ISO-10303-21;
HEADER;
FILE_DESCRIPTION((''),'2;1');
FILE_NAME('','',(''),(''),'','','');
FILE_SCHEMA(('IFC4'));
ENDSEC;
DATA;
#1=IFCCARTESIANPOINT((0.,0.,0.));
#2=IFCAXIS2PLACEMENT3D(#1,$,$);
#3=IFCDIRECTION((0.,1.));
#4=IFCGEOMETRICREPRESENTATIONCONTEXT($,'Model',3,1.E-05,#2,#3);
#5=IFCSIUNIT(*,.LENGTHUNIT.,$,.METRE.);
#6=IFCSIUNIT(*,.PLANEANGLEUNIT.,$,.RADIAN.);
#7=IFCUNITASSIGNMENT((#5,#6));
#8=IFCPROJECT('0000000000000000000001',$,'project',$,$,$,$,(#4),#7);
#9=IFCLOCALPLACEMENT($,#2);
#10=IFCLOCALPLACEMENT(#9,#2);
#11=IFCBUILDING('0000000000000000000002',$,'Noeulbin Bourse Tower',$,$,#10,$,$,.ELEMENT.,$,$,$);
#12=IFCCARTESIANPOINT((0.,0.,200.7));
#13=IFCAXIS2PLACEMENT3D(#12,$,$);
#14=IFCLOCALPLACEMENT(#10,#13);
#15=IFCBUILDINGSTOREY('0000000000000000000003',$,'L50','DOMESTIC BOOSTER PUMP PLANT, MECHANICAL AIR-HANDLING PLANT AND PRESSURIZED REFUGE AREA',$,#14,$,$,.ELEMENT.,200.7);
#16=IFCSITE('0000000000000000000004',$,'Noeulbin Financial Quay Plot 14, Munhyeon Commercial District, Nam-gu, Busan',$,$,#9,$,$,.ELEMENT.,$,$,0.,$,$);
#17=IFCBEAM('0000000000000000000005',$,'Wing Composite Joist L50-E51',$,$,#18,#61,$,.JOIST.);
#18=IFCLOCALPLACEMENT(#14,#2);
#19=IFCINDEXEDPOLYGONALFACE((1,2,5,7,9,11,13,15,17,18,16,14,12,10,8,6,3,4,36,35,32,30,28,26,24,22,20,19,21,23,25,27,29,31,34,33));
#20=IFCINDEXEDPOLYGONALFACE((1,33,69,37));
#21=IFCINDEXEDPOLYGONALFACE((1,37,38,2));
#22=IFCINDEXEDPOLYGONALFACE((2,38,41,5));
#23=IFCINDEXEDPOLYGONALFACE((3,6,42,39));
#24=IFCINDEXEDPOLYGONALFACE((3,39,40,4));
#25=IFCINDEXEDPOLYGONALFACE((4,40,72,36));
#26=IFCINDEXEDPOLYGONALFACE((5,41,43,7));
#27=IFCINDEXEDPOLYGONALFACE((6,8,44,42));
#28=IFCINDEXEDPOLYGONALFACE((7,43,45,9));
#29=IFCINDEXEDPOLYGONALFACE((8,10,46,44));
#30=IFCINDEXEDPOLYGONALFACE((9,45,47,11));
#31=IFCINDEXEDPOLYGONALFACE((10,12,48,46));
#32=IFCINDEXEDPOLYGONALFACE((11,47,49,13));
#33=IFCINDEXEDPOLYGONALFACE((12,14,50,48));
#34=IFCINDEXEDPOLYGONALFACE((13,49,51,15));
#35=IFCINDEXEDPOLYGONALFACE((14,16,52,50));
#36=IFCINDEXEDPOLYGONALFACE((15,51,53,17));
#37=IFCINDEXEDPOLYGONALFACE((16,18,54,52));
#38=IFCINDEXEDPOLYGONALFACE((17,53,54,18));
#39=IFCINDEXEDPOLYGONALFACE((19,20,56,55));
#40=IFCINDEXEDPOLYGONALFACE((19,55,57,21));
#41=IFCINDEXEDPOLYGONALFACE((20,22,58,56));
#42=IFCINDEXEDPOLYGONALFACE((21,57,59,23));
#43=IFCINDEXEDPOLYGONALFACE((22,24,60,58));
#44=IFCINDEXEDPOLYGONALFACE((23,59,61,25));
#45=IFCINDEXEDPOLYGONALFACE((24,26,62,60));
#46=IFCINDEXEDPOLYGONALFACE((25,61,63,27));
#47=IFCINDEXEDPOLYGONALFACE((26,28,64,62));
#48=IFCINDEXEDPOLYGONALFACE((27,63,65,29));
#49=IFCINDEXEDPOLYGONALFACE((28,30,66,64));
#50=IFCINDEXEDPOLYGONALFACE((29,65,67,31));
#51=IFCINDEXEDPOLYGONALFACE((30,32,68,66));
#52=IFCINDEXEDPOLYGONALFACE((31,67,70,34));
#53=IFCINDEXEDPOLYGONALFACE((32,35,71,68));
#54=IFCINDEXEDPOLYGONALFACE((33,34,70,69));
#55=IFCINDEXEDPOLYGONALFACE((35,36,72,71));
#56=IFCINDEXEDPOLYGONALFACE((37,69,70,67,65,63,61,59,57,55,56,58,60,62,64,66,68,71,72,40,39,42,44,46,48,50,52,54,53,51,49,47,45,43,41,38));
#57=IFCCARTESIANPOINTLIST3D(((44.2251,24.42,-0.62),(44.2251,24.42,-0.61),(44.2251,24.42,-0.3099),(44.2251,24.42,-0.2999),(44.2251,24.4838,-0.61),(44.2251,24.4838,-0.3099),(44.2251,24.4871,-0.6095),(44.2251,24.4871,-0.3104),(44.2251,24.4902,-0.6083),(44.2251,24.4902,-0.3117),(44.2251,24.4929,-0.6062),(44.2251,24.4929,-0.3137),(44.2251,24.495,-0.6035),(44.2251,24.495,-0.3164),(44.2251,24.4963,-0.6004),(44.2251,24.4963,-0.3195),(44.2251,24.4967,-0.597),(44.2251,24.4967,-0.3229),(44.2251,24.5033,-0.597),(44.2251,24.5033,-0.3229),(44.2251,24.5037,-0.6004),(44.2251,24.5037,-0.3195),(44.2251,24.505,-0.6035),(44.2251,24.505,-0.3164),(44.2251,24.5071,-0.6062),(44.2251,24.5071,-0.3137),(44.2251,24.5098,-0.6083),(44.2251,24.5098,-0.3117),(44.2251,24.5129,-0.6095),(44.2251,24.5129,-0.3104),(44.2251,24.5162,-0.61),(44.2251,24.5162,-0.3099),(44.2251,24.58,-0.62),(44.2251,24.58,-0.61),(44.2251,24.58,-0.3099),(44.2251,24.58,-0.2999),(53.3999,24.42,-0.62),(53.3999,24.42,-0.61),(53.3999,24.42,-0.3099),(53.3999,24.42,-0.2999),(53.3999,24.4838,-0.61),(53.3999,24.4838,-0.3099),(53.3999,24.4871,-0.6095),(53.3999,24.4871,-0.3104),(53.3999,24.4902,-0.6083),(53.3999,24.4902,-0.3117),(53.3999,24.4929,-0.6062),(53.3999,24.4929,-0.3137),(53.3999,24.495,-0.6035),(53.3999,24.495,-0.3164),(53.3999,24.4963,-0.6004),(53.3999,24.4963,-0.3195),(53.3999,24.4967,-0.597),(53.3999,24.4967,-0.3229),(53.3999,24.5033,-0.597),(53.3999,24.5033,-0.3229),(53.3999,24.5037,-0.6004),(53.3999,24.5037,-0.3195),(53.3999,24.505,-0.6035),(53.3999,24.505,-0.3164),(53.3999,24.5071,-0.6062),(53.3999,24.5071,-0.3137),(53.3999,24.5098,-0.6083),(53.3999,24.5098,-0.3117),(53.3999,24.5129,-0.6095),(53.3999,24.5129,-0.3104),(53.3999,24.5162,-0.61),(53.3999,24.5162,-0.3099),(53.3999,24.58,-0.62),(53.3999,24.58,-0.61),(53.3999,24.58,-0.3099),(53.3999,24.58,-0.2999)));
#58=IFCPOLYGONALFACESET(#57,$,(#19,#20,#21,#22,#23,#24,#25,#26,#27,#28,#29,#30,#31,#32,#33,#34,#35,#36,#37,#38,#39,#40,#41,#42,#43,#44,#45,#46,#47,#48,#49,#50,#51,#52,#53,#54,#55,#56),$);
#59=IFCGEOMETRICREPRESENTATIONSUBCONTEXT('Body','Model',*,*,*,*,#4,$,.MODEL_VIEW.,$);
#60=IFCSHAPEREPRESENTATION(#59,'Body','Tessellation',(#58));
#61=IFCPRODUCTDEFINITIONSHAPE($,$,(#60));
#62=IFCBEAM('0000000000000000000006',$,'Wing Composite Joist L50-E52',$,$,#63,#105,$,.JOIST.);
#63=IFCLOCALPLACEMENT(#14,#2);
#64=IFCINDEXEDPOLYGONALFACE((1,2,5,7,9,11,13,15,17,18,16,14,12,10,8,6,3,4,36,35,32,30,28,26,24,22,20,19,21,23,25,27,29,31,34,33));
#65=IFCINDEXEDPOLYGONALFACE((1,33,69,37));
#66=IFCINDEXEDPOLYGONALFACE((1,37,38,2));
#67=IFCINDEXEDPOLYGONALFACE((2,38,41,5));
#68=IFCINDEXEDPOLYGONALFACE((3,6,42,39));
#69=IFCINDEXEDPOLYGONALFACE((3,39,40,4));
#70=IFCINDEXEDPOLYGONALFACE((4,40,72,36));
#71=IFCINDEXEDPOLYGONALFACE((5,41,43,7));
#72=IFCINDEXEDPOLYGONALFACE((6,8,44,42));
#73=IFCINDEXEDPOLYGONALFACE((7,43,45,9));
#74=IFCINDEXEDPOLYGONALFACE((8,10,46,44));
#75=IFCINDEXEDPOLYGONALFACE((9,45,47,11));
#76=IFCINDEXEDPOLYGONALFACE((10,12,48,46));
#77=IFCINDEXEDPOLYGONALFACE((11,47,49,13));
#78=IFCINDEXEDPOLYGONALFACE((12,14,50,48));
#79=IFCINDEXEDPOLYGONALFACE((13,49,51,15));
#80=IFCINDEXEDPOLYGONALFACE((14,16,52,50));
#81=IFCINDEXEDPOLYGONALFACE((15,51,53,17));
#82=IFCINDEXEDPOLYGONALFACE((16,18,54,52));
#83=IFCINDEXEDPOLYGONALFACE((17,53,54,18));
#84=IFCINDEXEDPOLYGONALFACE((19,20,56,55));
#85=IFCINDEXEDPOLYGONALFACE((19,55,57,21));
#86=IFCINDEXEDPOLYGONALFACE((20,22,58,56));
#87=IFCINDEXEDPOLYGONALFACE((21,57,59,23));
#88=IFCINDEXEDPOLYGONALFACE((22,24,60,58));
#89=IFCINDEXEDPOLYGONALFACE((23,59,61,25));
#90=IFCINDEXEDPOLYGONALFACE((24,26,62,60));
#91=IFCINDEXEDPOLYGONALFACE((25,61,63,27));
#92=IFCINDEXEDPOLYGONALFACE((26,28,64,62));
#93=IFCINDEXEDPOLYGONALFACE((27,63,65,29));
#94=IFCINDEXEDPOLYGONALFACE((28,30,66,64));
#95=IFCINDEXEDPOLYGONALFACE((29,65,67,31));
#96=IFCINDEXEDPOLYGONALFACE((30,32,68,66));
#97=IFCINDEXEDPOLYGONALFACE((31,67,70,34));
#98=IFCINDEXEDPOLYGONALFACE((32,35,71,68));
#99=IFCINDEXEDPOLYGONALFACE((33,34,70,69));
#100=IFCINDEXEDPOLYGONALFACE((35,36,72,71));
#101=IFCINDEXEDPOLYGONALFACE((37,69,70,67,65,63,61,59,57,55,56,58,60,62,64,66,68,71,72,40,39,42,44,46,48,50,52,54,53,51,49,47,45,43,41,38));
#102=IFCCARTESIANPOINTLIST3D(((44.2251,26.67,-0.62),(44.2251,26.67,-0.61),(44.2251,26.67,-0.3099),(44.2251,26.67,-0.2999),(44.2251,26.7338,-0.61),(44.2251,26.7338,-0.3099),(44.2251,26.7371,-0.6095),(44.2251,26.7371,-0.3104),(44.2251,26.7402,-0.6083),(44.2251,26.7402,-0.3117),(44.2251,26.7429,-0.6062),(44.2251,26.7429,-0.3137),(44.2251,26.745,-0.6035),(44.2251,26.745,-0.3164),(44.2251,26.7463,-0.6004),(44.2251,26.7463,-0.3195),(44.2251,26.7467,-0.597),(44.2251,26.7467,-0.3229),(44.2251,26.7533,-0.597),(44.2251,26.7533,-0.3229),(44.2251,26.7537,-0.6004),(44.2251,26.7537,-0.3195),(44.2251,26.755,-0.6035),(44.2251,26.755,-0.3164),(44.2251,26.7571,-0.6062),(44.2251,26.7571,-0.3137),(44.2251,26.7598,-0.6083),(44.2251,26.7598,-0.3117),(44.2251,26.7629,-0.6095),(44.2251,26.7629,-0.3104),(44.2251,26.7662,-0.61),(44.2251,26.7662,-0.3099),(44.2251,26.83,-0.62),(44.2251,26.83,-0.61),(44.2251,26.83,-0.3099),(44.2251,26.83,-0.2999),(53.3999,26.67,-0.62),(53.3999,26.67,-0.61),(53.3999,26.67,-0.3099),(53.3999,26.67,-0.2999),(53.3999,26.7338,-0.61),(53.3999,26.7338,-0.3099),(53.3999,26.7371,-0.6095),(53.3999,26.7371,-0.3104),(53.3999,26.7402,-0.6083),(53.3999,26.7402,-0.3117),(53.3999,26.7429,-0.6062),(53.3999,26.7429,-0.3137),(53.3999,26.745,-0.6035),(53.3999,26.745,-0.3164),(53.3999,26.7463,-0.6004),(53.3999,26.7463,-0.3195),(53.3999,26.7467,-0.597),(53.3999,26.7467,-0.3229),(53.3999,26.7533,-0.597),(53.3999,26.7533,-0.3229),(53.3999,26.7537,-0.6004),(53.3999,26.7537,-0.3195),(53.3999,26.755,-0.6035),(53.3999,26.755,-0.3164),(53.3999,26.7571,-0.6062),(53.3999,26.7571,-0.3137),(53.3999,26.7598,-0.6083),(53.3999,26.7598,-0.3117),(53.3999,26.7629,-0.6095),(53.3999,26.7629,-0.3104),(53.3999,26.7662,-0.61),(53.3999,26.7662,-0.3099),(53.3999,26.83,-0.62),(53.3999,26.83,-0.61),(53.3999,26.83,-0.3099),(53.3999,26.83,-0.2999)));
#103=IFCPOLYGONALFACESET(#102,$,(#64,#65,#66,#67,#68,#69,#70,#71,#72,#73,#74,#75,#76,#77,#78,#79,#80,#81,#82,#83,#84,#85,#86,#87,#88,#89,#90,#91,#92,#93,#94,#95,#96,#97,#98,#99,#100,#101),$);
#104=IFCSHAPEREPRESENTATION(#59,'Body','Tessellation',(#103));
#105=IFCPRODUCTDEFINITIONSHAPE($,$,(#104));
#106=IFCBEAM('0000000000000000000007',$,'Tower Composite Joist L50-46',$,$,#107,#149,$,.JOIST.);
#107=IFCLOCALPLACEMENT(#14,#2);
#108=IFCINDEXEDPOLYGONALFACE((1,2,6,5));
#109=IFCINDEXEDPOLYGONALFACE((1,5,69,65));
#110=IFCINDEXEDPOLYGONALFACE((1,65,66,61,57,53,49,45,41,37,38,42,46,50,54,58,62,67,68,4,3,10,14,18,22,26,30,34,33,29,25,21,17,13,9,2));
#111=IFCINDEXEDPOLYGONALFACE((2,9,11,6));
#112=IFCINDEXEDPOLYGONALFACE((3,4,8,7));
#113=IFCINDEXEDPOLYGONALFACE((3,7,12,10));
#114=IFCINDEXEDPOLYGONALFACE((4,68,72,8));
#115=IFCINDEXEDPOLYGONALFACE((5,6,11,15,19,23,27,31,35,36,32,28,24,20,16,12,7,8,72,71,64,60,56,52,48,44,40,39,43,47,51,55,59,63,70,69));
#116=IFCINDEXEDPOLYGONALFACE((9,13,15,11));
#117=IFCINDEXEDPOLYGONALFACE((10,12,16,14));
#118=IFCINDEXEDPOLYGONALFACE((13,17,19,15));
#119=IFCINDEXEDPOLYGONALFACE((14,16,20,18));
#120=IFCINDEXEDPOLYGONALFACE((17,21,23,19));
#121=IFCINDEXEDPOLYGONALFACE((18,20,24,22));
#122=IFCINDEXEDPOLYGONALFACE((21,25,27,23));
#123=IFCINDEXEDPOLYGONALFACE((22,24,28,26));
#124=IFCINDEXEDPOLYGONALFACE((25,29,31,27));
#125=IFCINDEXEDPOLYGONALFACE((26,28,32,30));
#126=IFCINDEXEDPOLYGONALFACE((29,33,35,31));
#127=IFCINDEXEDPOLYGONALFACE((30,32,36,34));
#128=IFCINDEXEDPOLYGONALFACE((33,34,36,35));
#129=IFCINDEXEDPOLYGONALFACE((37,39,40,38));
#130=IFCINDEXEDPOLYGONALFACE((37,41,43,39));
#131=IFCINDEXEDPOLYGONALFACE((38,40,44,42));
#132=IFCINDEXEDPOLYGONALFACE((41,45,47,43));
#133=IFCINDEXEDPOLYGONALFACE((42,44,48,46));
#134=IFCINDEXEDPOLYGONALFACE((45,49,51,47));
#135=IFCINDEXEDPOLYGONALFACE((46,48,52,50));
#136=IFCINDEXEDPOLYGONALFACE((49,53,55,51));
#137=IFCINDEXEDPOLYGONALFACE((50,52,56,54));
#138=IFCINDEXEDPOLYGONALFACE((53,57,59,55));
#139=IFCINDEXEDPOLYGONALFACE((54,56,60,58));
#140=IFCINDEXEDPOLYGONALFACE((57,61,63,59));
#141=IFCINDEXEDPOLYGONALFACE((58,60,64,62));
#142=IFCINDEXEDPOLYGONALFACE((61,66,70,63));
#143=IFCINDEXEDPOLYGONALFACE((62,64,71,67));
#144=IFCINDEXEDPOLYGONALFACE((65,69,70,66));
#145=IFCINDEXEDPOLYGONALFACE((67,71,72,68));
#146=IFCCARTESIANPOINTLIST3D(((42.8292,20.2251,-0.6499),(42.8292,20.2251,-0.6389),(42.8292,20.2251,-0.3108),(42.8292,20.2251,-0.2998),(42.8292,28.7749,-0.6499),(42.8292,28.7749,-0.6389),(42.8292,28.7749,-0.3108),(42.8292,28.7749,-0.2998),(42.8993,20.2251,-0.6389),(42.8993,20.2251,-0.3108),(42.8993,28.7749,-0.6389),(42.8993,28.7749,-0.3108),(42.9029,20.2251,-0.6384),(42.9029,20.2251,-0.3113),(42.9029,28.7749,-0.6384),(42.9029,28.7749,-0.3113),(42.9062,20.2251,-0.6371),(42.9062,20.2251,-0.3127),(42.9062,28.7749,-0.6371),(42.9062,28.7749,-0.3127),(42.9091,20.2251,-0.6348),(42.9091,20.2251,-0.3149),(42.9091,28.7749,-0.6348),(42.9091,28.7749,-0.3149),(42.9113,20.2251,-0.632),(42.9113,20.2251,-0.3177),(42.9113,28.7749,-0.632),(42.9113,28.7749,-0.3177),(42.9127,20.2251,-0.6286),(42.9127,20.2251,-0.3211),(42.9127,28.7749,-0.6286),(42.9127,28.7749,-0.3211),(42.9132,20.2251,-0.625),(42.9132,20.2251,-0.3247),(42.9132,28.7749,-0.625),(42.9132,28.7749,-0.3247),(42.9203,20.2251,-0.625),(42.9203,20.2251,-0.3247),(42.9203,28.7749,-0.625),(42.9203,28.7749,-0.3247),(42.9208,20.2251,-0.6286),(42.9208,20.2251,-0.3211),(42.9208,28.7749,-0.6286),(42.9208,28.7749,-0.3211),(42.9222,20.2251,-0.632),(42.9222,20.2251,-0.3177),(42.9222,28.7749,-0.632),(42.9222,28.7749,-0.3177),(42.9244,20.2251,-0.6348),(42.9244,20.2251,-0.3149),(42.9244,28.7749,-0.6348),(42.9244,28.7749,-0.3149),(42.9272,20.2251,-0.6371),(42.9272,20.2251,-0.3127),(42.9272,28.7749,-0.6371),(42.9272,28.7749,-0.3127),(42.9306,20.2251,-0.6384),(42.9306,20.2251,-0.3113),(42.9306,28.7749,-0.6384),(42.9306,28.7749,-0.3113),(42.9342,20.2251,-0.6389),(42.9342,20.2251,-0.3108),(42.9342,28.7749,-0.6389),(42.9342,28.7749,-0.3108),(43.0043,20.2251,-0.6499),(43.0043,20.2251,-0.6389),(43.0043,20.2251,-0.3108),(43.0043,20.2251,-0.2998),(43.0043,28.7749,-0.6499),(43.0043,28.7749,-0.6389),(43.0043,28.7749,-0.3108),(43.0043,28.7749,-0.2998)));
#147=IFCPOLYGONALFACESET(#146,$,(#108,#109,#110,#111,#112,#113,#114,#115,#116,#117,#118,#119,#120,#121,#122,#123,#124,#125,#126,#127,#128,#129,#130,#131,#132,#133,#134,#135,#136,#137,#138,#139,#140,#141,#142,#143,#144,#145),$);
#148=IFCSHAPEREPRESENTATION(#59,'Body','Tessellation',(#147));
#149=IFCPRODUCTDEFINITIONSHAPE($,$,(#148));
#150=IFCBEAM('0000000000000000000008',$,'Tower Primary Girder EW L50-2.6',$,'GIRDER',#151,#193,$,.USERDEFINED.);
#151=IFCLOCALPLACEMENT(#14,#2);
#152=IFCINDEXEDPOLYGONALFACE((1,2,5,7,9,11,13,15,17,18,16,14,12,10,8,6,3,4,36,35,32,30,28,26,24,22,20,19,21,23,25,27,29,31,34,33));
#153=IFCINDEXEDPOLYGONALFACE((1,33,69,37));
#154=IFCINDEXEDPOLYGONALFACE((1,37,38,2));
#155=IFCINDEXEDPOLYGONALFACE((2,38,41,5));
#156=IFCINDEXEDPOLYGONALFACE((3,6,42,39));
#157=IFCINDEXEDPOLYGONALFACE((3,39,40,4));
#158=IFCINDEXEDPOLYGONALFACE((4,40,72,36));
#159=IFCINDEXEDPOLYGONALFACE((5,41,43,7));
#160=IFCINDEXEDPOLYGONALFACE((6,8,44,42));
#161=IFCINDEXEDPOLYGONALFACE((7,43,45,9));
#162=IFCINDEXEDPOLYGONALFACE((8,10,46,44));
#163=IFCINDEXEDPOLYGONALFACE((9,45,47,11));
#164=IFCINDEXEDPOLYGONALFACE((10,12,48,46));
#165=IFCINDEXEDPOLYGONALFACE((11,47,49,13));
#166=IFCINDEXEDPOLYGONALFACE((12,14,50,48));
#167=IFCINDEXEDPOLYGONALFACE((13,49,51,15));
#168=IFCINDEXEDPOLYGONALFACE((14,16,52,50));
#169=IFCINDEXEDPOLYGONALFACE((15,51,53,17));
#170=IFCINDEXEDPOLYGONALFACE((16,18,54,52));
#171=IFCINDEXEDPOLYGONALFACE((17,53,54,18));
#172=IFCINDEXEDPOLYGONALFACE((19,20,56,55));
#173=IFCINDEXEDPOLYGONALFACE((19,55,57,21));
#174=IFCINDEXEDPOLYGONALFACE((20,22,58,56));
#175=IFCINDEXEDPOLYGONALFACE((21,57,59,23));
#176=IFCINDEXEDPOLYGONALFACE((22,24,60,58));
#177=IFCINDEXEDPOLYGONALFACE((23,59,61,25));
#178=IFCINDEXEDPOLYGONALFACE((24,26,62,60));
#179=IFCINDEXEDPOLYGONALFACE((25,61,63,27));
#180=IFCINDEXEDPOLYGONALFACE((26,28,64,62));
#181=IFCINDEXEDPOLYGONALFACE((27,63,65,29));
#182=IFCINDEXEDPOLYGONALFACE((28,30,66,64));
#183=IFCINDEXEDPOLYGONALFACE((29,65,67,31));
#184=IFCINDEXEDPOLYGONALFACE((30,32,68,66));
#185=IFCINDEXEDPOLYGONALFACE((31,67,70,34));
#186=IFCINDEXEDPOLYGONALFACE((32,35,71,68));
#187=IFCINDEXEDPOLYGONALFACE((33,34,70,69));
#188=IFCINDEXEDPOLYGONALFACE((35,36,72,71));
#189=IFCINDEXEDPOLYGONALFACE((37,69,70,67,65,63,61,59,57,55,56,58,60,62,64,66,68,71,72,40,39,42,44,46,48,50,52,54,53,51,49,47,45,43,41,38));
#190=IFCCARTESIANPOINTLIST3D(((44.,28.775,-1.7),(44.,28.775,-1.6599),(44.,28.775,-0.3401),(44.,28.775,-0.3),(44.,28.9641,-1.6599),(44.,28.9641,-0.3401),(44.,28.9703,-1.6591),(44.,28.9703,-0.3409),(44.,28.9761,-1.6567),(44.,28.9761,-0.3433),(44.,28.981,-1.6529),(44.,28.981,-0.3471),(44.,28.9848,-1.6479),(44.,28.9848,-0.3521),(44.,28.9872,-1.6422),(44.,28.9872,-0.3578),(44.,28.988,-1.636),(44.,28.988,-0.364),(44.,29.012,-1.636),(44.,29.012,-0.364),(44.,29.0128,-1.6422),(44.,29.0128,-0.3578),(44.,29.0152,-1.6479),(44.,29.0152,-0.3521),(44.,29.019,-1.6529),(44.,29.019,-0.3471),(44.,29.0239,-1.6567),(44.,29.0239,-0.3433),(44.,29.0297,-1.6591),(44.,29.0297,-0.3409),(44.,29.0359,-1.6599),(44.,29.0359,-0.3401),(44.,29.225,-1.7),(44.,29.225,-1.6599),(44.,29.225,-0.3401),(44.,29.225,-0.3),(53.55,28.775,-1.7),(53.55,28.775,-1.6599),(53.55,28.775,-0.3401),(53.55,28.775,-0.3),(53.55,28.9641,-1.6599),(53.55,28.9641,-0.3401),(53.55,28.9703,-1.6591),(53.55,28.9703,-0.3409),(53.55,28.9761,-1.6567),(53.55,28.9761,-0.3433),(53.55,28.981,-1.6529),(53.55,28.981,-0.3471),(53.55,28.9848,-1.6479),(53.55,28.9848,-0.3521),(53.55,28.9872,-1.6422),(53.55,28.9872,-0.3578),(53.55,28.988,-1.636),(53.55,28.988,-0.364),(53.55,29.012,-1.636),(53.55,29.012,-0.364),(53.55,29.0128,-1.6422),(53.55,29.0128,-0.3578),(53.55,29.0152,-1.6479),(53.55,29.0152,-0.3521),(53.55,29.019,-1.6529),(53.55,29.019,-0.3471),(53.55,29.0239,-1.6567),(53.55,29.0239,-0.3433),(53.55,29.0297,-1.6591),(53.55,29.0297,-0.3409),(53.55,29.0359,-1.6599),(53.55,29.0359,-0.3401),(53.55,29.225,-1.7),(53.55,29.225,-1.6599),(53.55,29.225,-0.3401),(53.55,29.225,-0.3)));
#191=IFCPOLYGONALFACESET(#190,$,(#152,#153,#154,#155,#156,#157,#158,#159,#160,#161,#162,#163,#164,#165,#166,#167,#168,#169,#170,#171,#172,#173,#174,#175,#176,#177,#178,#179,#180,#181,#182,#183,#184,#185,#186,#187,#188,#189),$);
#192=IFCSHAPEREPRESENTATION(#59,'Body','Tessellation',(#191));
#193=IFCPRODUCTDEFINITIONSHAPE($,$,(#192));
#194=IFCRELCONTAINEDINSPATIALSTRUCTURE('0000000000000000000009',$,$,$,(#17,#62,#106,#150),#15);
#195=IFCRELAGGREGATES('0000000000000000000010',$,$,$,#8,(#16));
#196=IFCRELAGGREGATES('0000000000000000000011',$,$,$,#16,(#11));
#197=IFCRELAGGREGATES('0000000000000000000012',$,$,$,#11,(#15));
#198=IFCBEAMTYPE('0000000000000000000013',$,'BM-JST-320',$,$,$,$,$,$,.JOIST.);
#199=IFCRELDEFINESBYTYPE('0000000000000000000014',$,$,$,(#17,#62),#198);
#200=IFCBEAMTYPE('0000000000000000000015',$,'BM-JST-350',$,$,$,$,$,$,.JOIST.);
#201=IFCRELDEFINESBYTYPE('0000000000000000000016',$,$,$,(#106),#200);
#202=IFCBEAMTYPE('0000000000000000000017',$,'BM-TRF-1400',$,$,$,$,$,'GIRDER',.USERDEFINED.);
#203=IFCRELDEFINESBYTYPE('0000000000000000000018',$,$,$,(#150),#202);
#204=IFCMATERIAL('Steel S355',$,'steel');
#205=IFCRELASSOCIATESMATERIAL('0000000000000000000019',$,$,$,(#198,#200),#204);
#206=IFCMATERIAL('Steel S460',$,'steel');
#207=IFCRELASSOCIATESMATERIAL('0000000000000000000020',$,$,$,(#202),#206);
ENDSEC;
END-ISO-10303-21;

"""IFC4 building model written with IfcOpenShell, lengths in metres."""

from ifc_helpers import new_model, si_unit, direction, frame, origin, origin_2d, place, context, subcontext, project, spatial, i_section, extrude, material, material_profile, profile_set, type_object, element, save


model = new_model("IFC4")

# Units and contexts
model_context = context("Model", 3, precision=1e-05, world=origin(), true_north=direction((0.0, 1.0)))
body_context = subcontext(model_context, "Body", "Model", "MODEL_VIEW")
ifc_project = project(units=[si_unit("LENGTHUNIT", "METRE"), si_unit("PLANEANGLEUNIT", "RADIAN")], contexts=[model_context])

# Site, building, storey
site_placement = place(None, origin())
site = spatial("IfcSite", under=ifc_project, at=site_placement, Name="Noeulbin Financial Quay Plot 14, Munhyeon Commercial District, Nam-gu, Busan", CompositionType="ELEMENT", RefElevation=0.0)
building_placement = place(site_placement, origin())
building = spatial("IfcBuilding", under=site, at=building_placement, Name="Noeulbin Bourse Tower", CompositionType="ELEMENT")
storey_placement = place(building_placement, frame((0.0, 0.0, 200.7)))
storey = spatial("IfcBuildingStorey", under=building, at=storey_placement, Name="L50", Description="DOMESTIC BOOSTER PUMP PLANT, MECHANICAL AIR-HANDLING PLANT AND PRESSURIZED REFUGE AREA", CompositionType="ELEMENT", Elevation=200.7)

# Shared definitions
ifc_material_1 = material(Name="Steel S355", Category="steel")
ifc_material_2 = material(Name="Steel S460", Category="steel")

# Beams
ifc_material_profile_1 = material_profile(ifc_material_1, i_section(OverallWidth=0.1599, OverallDepth=0.3201, WebThickness=0.0066, FlangeThickness=0.01, FilletRadius=0.0129, at=origin_2d()), Name="H-320x160x6.5x10", Category="LoadBearing")
ifc_profile_set_1 = profile_set([ifc_material_profile_1], Name="Steel S355")
beam_type_1 = type_object("IfcBeamType", Name="BM-JST-320", PredefinedType="JOIST", material=ifc_profile_set_1)
for number, where, z_axis, x_axis, name in (
    (1, (44.2251, 24.5, -0.46), (1.0, 0.0, 0.0), (0.0, 1.0, 0.0), "Wing Composite Joist L50-E51"),
    (2, (44.2251, 26.75, -0.46), (1.0, 0.0, 0.0), (0.0, 1.0, 0.0), "Wing Composite Joist L50-E52"),
):
    element("IfcBeam", number, at=place(storey_placement, frame(where, z_axis=z_axis, x_axis=x_axis)), inside=storey, type_object=beam_type_1, Name=name, PredefinedType="JOIST", context=body_context, shape_type="SweptSolid", body=[
        extrude(i_section(OverallWidth=0.1599, OverallDepth=0.3201, WebThickness=0.0066, FlangeThickness=0.01, FilletRadius=0.0129, at=origin_2d()), origin(), (0.0, 0.0, 1.0), 9.1748),
    ])
ifc_material_profile_2 = material_profile(ifc_material_1, i_section(OverallWidth=0.175, OverallDepth=0.3501, WebThickness=0.0071, FlangeThickness=0.011, FilletRadius=0.0139, at=origin_2d()), Name="H-350x175x7x11", Category="LoadBearing")
ifc_profile_set_2 = profile_set([ifc_material_profile_2], Name="Steel S355")
beam_type_2 = type_object("IfcBeamType", Name="BM-JST-350", PredefinedType="JOIST", material=ifc_profile_set_2)
beam_1_placement = place(storey_placement, frame((42.9167, 20.2251, -0.4749), z_axis=(0.0, 1.0, 0.0), x_axis=(-1.0, 0.0, 0.0)))
element("IfcBeam", 3, at=beam_1_placement, inside=storey, type_object=beam_type_2, Name="Tower Composite Joist L50-46", PredefinedType="JOIST", context=body_context, shape_type="SweptSolid", body=[
    extrude(i_section(OverallWidth=0.175, OverallDepth=0.3501, WebThickness=0.0071, FlangeThickness=0.011, FilletRadius=0.0139, at=origin_2d()), origin(), (0.0, 0.0, 1.0), 8.5498),
])
ifc_material_profile_3 = material_profile(ifc_material_2, i_section(OverallWidth=0.45, OverallDepth=1.3999, WebThickness=0.0239, FlangeThickness=0.04, FilletRadius=0.0239, at=origin_2d()), Name="PG-1400x450x24x40", Category="LoadBearing")
ifc_profile_set_3 = profile_set([ifc_material_profile_3], Name="Steel S460")
beam_type_3 = type_object("IfcBeamType", Name="BM-TRF-1400", ElementType="GIRDER", PredefinedType="USERDEFINED", material=ifc_profile_set_3)
beam_2_placement = place(storey_placement, frame((44.0, 29.0, -1.0), z_axis=(1.0, 0.0, 0.0), x_axis=(0.0, 1.0, 0.0)))
element("IfcBeam", 4, at=beam_2_placement, inside=storey, type_object=beam_type_3, Name="Tower Primary Girder EW L50-2.6", ObjectType="GIRDER", PredefinedType="USERDEFINED", context=body_context, shape_type="SweptSolid", body=[
    extrude(i_section(OverallWidth=0.45, OverallDepth=1.3999, WebThickness=0.0239, FlangeThickness=0.04, FilletRadius=0.0239, at=origin_2d()), origin(), (0.0, 0.0, 1.0), 9.55),
])

save(model, "model.ifc")
